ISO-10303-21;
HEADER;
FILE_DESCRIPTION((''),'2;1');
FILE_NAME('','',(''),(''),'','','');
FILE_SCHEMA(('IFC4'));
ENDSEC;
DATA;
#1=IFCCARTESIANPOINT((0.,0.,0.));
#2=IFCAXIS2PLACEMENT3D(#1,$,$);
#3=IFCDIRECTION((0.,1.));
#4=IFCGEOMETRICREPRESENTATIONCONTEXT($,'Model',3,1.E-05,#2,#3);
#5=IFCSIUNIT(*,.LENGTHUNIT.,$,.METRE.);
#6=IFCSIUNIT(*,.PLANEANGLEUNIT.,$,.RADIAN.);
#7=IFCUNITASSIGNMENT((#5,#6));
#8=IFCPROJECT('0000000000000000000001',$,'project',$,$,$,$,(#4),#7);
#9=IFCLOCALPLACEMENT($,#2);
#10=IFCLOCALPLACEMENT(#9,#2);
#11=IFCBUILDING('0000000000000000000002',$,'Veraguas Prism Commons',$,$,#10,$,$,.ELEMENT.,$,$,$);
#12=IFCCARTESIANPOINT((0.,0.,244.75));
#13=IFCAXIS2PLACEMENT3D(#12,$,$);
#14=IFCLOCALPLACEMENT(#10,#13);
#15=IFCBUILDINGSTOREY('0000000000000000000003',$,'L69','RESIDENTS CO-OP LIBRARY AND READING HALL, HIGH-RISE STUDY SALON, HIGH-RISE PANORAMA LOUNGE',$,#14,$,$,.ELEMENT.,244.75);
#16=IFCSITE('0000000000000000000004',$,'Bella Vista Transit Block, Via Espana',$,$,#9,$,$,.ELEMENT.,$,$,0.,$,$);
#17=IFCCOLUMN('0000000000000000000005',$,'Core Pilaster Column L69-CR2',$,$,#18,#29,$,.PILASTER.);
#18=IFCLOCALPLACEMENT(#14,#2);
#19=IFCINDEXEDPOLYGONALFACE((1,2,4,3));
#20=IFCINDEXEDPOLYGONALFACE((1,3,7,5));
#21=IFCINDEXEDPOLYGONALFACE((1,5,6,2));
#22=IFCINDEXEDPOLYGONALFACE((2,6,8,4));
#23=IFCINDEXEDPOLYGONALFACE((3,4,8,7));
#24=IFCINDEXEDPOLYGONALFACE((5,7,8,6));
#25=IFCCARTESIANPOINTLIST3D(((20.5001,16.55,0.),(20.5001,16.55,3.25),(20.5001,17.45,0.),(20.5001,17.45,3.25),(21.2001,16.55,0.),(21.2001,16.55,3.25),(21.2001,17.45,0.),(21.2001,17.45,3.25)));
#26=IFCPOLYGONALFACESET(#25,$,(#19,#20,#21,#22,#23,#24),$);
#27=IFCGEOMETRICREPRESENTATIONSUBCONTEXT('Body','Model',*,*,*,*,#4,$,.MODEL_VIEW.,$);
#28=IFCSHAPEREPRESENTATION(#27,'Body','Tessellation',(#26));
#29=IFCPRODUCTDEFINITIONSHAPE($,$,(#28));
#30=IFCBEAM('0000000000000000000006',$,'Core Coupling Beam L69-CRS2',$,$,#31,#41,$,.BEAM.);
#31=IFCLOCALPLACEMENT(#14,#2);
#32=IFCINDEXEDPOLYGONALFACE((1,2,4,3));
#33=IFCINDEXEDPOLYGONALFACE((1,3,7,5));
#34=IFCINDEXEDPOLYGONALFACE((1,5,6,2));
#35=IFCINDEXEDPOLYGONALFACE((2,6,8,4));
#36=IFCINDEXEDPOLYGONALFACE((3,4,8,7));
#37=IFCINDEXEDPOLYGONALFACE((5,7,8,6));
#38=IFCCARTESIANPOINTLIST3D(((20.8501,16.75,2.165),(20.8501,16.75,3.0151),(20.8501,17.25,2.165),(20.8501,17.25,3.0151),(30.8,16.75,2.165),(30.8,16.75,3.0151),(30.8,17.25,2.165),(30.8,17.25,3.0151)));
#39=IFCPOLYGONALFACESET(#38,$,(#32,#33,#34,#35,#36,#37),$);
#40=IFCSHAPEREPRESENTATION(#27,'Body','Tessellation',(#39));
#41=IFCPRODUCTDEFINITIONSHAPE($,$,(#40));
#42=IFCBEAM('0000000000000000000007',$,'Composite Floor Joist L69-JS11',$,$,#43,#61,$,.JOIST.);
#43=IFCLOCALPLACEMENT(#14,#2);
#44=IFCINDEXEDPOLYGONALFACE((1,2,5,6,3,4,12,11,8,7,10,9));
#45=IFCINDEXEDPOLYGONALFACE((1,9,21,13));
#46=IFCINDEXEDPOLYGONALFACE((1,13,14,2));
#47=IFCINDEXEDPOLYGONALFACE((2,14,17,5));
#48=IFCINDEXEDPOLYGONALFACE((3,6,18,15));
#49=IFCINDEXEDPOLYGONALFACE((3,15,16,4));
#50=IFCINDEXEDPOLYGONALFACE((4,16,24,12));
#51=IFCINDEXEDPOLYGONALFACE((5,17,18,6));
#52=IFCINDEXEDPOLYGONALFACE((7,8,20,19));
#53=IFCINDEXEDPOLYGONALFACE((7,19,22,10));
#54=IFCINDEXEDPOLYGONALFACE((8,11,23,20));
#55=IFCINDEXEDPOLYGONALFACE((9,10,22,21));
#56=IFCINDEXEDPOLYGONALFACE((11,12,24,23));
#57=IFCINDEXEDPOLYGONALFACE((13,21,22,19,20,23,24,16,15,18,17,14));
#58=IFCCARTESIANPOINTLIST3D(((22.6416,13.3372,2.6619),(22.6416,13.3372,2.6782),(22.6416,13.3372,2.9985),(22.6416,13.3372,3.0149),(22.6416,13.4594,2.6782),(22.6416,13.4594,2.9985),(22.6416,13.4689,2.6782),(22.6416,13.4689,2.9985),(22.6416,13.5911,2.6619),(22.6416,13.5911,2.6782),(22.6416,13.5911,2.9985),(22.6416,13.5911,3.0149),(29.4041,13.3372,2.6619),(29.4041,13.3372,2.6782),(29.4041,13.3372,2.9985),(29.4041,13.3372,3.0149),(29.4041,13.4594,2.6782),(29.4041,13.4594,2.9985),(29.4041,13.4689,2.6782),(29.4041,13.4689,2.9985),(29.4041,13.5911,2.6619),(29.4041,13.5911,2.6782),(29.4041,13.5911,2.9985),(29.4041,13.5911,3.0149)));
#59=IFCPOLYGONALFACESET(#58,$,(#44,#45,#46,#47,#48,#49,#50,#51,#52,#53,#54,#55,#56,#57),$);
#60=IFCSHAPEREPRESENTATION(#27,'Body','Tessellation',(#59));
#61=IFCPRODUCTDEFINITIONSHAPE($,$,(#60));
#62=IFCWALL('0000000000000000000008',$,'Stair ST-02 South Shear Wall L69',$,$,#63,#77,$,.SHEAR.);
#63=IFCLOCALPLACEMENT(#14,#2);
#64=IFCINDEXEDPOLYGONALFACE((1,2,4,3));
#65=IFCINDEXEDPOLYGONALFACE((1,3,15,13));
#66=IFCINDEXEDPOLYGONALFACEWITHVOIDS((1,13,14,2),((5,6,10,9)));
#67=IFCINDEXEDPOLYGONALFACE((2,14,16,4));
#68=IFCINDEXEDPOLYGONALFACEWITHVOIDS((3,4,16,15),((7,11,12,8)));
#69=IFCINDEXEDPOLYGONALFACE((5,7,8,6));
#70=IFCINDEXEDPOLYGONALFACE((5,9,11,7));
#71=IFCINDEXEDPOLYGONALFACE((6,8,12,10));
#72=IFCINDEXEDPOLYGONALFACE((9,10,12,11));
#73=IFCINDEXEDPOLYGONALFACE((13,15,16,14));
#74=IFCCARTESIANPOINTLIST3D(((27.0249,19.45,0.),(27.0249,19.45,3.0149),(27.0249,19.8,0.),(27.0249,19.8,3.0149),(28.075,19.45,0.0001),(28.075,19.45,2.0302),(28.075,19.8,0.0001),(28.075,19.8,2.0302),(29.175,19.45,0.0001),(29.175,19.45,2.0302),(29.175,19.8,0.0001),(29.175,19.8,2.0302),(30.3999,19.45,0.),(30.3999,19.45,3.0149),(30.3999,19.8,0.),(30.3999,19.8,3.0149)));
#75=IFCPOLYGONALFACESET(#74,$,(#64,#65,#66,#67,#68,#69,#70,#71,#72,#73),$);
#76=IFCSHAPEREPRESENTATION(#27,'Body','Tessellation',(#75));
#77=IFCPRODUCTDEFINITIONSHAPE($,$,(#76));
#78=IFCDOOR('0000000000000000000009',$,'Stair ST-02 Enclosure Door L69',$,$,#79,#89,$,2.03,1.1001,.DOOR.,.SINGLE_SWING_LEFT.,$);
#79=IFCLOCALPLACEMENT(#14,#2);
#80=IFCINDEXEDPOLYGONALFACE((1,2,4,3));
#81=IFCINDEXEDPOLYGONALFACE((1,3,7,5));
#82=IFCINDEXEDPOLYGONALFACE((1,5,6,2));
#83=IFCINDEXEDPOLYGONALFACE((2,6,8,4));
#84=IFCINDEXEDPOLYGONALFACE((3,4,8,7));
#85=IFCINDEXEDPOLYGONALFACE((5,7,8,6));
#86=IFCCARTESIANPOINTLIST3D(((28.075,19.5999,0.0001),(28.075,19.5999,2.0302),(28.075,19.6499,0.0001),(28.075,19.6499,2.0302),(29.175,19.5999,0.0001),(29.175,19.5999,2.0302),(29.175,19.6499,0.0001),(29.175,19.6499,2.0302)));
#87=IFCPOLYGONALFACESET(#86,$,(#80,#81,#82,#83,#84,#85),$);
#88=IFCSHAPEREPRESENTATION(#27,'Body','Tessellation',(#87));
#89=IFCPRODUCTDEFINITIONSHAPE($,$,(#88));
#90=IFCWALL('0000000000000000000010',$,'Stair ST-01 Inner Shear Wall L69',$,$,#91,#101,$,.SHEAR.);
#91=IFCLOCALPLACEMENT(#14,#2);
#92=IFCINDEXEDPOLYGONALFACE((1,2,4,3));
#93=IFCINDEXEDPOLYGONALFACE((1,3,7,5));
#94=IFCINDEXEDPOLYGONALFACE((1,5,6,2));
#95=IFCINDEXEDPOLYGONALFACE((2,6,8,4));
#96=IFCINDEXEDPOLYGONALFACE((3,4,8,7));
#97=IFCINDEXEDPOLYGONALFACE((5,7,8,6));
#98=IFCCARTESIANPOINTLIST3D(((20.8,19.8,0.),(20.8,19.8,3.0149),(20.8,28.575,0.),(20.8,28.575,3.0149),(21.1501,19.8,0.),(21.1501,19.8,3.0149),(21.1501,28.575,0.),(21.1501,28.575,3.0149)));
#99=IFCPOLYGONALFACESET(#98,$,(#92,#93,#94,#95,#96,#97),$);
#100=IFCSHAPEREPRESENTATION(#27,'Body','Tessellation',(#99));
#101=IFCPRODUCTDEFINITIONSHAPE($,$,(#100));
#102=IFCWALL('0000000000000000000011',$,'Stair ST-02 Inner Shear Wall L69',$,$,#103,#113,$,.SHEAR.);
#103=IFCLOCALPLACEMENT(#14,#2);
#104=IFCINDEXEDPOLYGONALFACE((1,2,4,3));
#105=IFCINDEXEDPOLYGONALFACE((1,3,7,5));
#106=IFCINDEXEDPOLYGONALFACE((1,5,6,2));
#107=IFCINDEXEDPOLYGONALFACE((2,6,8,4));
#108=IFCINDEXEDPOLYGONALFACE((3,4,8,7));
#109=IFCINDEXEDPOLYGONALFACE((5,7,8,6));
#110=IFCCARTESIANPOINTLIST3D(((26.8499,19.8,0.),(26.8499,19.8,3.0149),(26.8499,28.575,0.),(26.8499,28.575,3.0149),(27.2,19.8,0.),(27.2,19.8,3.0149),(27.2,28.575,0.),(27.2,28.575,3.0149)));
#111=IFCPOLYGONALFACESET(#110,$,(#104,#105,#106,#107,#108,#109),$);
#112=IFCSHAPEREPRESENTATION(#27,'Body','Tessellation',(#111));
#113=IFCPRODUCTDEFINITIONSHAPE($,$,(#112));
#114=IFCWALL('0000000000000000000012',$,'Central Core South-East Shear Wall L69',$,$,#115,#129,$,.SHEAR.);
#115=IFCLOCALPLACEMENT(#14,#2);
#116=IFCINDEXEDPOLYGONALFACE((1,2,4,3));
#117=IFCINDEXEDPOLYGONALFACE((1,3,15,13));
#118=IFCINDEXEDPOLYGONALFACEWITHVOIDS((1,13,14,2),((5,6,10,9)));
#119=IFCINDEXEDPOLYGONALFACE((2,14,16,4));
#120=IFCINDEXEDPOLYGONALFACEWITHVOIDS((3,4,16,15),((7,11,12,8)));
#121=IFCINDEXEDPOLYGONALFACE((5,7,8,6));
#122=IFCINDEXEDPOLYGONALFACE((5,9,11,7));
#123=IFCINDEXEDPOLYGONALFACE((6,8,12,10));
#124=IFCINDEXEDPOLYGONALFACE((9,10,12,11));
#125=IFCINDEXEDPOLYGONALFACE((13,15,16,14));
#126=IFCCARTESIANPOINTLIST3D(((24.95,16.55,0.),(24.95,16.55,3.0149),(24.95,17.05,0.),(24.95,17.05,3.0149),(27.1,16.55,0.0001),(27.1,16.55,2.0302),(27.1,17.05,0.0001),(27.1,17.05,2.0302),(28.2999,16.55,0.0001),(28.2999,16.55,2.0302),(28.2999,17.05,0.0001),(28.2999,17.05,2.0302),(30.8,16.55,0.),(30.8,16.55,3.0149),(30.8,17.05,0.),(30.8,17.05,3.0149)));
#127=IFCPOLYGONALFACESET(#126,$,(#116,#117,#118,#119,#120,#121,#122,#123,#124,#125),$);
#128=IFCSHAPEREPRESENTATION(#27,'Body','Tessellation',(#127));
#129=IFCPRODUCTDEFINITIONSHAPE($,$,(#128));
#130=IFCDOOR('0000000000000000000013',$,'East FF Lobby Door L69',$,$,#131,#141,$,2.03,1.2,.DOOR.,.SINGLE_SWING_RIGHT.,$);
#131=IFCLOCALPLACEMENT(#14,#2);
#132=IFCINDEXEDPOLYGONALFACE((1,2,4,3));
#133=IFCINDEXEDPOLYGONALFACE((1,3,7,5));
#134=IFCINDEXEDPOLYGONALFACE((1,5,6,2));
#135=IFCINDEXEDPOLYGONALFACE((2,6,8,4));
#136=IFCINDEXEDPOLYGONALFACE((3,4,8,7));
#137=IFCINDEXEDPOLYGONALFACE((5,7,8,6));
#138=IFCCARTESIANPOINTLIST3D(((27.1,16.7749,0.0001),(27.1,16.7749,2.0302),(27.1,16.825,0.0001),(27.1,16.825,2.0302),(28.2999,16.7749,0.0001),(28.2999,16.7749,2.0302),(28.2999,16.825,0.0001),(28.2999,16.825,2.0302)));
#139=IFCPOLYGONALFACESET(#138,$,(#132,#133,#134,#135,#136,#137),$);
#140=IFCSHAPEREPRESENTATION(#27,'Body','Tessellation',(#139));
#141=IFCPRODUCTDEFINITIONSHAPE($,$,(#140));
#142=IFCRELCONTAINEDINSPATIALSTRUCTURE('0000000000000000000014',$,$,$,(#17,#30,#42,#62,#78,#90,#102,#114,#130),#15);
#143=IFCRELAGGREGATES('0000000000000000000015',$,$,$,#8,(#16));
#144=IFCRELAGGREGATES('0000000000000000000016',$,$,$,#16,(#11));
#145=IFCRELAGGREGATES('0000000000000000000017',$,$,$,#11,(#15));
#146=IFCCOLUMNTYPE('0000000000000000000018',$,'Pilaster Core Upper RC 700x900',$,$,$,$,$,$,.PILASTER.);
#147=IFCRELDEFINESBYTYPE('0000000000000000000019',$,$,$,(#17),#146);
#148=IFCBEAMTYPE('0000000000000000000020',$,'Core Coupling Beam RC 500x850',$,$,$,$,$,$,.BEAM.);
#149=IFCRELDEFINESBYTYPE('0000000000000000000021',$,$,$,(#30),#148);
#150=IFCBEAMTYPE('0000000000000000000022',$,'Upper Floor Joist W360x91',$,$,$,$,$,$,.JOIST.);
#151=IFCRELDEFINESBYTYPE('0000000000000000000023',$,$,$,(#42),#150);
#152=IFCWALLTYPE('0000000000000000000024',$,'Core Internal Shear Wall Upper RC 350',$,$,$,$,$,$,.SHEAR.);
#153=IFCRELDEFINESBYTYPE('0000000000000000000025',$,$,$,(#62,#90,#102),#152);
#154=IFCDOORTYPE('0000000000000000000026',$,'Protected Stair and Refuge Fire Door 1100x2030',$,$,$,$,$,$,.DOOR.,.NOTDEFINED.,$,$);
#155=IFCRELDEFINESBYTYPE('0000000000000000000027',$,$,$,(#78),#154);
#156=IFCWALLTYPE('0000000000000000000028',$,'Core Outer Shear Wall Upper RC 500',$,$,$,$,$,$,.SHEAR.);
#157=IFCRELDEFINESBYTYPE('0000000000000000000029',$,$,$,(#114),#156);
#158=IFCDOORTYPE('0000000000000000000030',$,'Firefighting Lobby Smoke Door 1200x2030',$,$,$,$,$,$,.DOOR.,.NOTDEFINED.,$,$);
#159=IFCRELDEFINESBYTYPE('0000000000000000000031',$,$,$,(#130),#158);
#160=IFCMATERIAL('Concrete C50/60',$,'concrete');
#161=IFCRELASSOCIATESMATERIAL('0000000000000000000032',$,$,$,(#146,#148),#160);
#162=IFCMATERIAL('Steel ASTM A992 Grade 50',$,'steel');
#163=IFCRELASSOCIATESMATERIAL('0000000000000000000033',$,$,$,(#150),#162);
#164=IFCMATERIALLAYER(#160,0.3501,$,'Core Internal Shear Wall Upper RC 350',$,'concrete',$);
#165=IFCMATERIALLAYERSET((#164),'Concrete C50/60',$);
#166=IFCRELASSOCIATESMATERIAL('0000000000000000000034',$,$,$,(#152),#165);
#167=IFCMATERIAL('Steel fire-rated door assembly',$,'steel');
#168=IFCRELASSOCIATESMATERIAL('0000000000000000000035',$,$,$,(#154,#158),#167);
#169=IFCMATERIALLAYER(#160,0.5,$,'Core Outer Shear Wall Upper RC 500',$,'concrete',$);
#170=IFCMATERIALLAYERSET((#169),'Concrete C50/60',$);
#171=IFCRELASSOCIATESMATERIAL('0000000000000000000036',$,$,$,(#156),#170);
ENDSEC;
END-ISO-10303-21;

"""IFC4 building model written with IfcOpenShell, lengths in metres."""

from ifc_helpers import new_model, si_unit, direction, frame, frame_2d, origin, origin_2d, place, context, subcontext, project, spatial, rectangle, i_section, extrude, source, transform, mapped, material, layer, layer_set, material_profile, profile_set, type_object, element, fill, save


model = new_model("IFC4")

# Units and contexts
model_context = context("Model", 3, precision=1e-05, world=origin(), true_north=direction((0.0, 1.0)))
body_context = subcontext(model_context, "Body", "Model", "MODEL_VIEW")
ifc_project = project(units=[si_unit("LENGTHUNIT", "METRE"), si_unit("PLANEANGLEUNIT", "RADIAN")], contexts=[model_context])

# Site, building, storey
site_placement = place(None, origin())
site = spatial("IfcSite", under=ifc_project, at=site_placement, Name="Bella Vista Transit Block, Via Espana", CompositionType="ELEMENT", RefElevation=0.0)
building_placement = place(site_placement, origin())
building = spatial("IfcBuilding", under=site, at=building_placement, Name="Veraguas Prism Commons", CompositionType="ELEMENT")
storey_placement = place(building_placement, frame((0.0, 0.0, 244.75)))
storey = spatial("IfcBuildingStorey", under=building, at=storey_placement, Name="L69", Description="RESIDENTS CO-OP LIBRARY AND READING HALL, HIGH-RISE STUDY SALON, HIGH-RISE PANORAMA LOUNGE", CompositionType="ELEMENT", Elevation=244.75)

# Column
ifc_material_1 = material(Name="Concrete C50/60", Category="concrete")
ifc_material_profile_1 = material_profile(ifc_material_1, rectangle(XDim=0.7, YDim=0.8999, at=origin_2d()), Name="RC700X900")
ifc_profile_set_1 = profile_set([ifc_material_profile_1], Name="Concrete C50/60")
column_type = type_object("IfcColumnType", Name="Pilaster Core Upper RC 700x900", PredefinedType="PILASTER", material=ifc_profile_set_1)
column_placement = place(storey_placement, frame((20.8501, 17.0, 0.0), z_axis=(0.0, 0.0, 1.0), x_axis=(1.0, 0.0, 0.0)))
element("IfcColumn", 1, at=column_placement, inside=storey, type_object=column_type, Name="Core Pilaster Column L69-CR2", PredefinedType="PILASTER", context=body_context, shape_type="SweptSolid", body=[
    extrude(rectangle(XDim=0.7, YDim=0.8999, at=origin_2d()), origin(), (0.0, 0.0, 1.0), 3.25),
])

# Beams
ifc_material_profile_2 = material_profile(ifc_material_1, rectangle(XDim=0.5, YDim=0.8501, at=origin_2d()), Name="RC500X850")
ifc_profile_set_2 = profile_set([ifc_material_profile_2], Name="Concrete C50/60")
beam_type_1 = type_object("IfcBeamType", Name="Core Coupling Beam RC 500x850", PredefinedType="BEAM", material=ifc_profile_set_2)
beam_1_placement = place(storey_placement, frame((20.8501, 17.0, 2.5901), z_axis=(1.0, 0.0, 0.0), x_axis=(0.0, 1.0, 0.0)))
element("IfcBeam", 2, at=beam_1_placement, inside=storey, type_object=beam_type_1, Name="Core Coupling Beam L69-CRS2", PredefinedType="BEAM", context=body_context, shape_type="SweptSolid", body=[
    extrude(rectangle(XDim=0.5, YDim=0.8501, at=origin_2d()), origin(), (0.0, 0.0, 1.0), 9.95),
])
ifc_material_2 = material(Name="Steel ASTM A992 Grade 50", Category="steel")
ifc_material_profile_3 = material_profile(ifc_material_2, i_section(OverallWidth=0.2539, OverallDepth=0.353, WebThickness=0.0095, FlangeThickness=0.0164, at=origin_2d()), Name="W360X91")
ifc_profile_set_3 = profile_set([ifc_material_profile_3], Name="Steel ASTM A992 Grade 50")
beam_type_2 = type_object("IfcBeamType", Name="Upper Floor Joist W360x91", PredefinedType="JOIST", material=ifc_profile_set_3)
beam_2_placement = place(storey_placement, frame((22.6416, 13.4641, 2.8384), z_axis=(1.0, 0.0, 0.0), x_axis=(0.0, 1.0, 0.0)))
element("IfcBeam", 3, at=beam_2_placement, inside=storey, type_object=beam_type_2, Name="Composite Floor Joist L69-JS11", PredefinedType="JOIST", context=body_context, shape_type="SweptSolid", body=[
    extrude(i_section(OverallWidth=0.2539, OverallDepth=0.353, WebThickness=0.0095, FlangeThickness=0.0164, at=origin_2d()), origin(), (0.0, 0.0, 1.0), 6.7625),
])

# Wall, opening, door
ifc_layer_1 = layer(ifc_material_1, 0.3501, Name="Core Internal Shear Wall Upper RC 350", Category="concrete")
ifc_layer_set_1 = layer_set([ifc_layer_1], Name="Concrete C50/60")
wall_type_1 = type_object("IfcWallType", Name="Core Internal Shear Wall Upper RC 350", PredefinedType="SHEAR", material=ifc_layer_set_1)
wall_1_placement = place(storey_placement, frame((27.0249, 19.625, 0.0), z_axis=(0.0, 0.0, 1.0), x_axis=(1.0, 0.0, 0.0)))
wall_1 = element("IfcWall", 4, at=wall_1_placement, inside=storey, type_object=wall_type_1, Name="Stair ST-02 South Shear Wall L69", PredefinedType="SHEAR", context=body_context, shape_type="SweptSolid", body=[
    extrude(rectangle(XDim=3.375, YDim=0.3501, at=frame_2d((1.6875, 0.0))), origin(), (0.0, 0.0, 1.0), 3.0149),
])
opening_1_placement = place(wall_1_placement, frame((1.05, 0.0, 0.0)))
opening_1 = element("IfcOpeningElement", 5, at=opening_1_placement, cuts=wall_1, PredefinedType="OPENING", context=body_context, shape_type="SweptSolid", body=[
    extrude(rectangle(XDim=1.1001, YDim=2.03, at=frame_2d((0.55, 1.0151))), frame((0.0, 0.1851, 0.0), z_axis=(0.0, -1.0, 0.0), x_axis=(1.0, 0.0, 0.0)), (0.0, 0.0, 1.0), 0.3701),
])
ifc_material_3 = material(Name="Steel fire-rated door assembly", Category="steel")
door_type_1 = type_object("IfcDoorType", Name="Protected Stair and Refuge Fire Door 1100x2030", OperationType="NOTDEFINED", PredefinedType="DOOR", material=ifc_material_3)
shared_shape_1 = source(origin(), body_context, "Body", "SweptSolid", [
    extrude(rectangle(XDim=1.1001, YDim=2.03, at=frame_2d((0.55, 1.0151))), frame((0.0, 0.0249, 0.0), z_axis=(0.0, -1.0, 0.0), x_axis=(1.0, 0.0, 0.0)), (0.0, 0.0, 1.0), 0.05),
])
door_1_placement = place(opening_1_placement, origin())
door_1 = element("IfcDoor", 6, at=door_1_placement, inside=storey, type_object=door_type_1, Name="Stair ST-02 Enclosure Door L69", OperationType="SINGLE_SWING_LEFT", OverallHeight=2.03, OverallWidth=1.1001, PredefinedType="DOOR", context=body_context, shape_type="MappedRepresentation", body=[
    mapped(shared_shape_1, transform((0.0, 0.0, 0.0), scale=1.0)),
])
fill(opening_1, door_1)

# Walls
for number, where, z_axis, x_axis, name in (
    (7, (20.9751, 19.8, 0.0), (0.0, 0.0, 1.0), (0.0, 1.0, 0.0), "Stair ST-01 Inner Shear Wall L69"),
    (8, (27.0249, 19.8, 0.0), (0.0, 0.0, 1.0), (0.0, 1.0, 0.0), "Stair ST-02 Inner Shear Wall L69"),
):
    element("IfcWall", number, at=place(storey_placement, frame(where, z_axis=z_axis, x_axis=x_axis)), inside=storey, type_object=wall_type_1, Name=name, PredefinedType="SHEAR", context=body_context, shape_type="SweptSolid", body=[
        extrude(rectangle(XDim=8.7749, YDim=0.3501, at=frame_2d((4.3875, 0.0))), origin(), (0.0, 0.0, 1.0), 3.0149),
    ])

# Wall, opening, door
ifc_layer_2 = layer(ifc_material_1, 0.5, Name="Core Outer Shear Wall Upper RC 500", Category="concrete")
ifc_layer_set_2 = layer_set([ifc_layer_2], Name="Concrete C50/60")
wall_type_2 = type_object("IfcWallType", Name="Core Outer Shear Wall Upper RC 500", PredefinedType="SHEAR", material=ifc_layer_set_2)
wall_2_placement = place(storey_placement, frame((24.95, 16.8, 0.0), z_axis=(0.0, 0.0, 1.0), x_axis=(1.0, 0.0, 0.0)))
wall_2 = element("IfcWall", 9, at=wall_2_placement, inside=storey, type_object=wall_type_2, Name="Central Core South-East Shear Wall L69", PredefinedType="SHEAR", context=body_context, shape_type="SweptSolid", body=[
    extrude(rectangle(XDim=5.8501, YDim=0.5, at=frame_2d((2.925, 0.0))), origin(), (0.0, 0.0, 1.0), 3.0149),
])
opening_2_placement = place(wall_2_placement, frame((2.1499, 0.0, 0.0)))
opening_2 = element("IfcOpeningElement", 10, at=opening_2_placement, cuts=wall_2, PredefinedType="OPENING", context=body_context, shape_type="SweptSolid", body=[
    extrude(rectangle(XDim=1.2, YDim=2.03, at=frame_2d((0.6001, 1.0151))), frame((0.0, 0.26, 0.0), z_axis=(0.0, -1.0, 0.0), x_axis=(1.0, 0.0, 0.0)), (0.0, 0.0, 1.0), 0.52),
])
door_type_2 = type_object("IfcDoorType", Name="Firefighting Lobby Smoke Door 1200x2030", OperationType="NOTDEFINED", PredefinedType="DOOR", material=ifc_material_3)
shared_shape_2 = source(origin(), body_context, "Body", "SweptSolid", [
    extrude(rectangle(XDim=1.2, YDim=2.03, at=frame_2d((0.6001, 1.0151))), frame((0.0, 0.0249, 0.0), z_axis=(0.0, -1.0, 0.0), x_axis=(1.0, 0.0, 0.0)), (0.0, 0.0, 1.0), 0.05),
])
door_2_placement = place(opening_2_placement, origin())
door_2 = element("IfcDoor", 11, at=door_2_placement, inside=storey, type_object=door_type_2, Name="East FF Lobby Door L69", OperationType="SINGLE_SWING_RIGHT", OverallHeight=2.03, OverallWidth=1.2, PredefinedType="DOOR", context=body_context, shape_type="MappedRepresentation", body=[
    mapped(shared_shape_2, transform((0.0, 0.0, 0.0), scale=1.0)),
])
fill(opening_2, door_2)

save(model, "model.ifc")
